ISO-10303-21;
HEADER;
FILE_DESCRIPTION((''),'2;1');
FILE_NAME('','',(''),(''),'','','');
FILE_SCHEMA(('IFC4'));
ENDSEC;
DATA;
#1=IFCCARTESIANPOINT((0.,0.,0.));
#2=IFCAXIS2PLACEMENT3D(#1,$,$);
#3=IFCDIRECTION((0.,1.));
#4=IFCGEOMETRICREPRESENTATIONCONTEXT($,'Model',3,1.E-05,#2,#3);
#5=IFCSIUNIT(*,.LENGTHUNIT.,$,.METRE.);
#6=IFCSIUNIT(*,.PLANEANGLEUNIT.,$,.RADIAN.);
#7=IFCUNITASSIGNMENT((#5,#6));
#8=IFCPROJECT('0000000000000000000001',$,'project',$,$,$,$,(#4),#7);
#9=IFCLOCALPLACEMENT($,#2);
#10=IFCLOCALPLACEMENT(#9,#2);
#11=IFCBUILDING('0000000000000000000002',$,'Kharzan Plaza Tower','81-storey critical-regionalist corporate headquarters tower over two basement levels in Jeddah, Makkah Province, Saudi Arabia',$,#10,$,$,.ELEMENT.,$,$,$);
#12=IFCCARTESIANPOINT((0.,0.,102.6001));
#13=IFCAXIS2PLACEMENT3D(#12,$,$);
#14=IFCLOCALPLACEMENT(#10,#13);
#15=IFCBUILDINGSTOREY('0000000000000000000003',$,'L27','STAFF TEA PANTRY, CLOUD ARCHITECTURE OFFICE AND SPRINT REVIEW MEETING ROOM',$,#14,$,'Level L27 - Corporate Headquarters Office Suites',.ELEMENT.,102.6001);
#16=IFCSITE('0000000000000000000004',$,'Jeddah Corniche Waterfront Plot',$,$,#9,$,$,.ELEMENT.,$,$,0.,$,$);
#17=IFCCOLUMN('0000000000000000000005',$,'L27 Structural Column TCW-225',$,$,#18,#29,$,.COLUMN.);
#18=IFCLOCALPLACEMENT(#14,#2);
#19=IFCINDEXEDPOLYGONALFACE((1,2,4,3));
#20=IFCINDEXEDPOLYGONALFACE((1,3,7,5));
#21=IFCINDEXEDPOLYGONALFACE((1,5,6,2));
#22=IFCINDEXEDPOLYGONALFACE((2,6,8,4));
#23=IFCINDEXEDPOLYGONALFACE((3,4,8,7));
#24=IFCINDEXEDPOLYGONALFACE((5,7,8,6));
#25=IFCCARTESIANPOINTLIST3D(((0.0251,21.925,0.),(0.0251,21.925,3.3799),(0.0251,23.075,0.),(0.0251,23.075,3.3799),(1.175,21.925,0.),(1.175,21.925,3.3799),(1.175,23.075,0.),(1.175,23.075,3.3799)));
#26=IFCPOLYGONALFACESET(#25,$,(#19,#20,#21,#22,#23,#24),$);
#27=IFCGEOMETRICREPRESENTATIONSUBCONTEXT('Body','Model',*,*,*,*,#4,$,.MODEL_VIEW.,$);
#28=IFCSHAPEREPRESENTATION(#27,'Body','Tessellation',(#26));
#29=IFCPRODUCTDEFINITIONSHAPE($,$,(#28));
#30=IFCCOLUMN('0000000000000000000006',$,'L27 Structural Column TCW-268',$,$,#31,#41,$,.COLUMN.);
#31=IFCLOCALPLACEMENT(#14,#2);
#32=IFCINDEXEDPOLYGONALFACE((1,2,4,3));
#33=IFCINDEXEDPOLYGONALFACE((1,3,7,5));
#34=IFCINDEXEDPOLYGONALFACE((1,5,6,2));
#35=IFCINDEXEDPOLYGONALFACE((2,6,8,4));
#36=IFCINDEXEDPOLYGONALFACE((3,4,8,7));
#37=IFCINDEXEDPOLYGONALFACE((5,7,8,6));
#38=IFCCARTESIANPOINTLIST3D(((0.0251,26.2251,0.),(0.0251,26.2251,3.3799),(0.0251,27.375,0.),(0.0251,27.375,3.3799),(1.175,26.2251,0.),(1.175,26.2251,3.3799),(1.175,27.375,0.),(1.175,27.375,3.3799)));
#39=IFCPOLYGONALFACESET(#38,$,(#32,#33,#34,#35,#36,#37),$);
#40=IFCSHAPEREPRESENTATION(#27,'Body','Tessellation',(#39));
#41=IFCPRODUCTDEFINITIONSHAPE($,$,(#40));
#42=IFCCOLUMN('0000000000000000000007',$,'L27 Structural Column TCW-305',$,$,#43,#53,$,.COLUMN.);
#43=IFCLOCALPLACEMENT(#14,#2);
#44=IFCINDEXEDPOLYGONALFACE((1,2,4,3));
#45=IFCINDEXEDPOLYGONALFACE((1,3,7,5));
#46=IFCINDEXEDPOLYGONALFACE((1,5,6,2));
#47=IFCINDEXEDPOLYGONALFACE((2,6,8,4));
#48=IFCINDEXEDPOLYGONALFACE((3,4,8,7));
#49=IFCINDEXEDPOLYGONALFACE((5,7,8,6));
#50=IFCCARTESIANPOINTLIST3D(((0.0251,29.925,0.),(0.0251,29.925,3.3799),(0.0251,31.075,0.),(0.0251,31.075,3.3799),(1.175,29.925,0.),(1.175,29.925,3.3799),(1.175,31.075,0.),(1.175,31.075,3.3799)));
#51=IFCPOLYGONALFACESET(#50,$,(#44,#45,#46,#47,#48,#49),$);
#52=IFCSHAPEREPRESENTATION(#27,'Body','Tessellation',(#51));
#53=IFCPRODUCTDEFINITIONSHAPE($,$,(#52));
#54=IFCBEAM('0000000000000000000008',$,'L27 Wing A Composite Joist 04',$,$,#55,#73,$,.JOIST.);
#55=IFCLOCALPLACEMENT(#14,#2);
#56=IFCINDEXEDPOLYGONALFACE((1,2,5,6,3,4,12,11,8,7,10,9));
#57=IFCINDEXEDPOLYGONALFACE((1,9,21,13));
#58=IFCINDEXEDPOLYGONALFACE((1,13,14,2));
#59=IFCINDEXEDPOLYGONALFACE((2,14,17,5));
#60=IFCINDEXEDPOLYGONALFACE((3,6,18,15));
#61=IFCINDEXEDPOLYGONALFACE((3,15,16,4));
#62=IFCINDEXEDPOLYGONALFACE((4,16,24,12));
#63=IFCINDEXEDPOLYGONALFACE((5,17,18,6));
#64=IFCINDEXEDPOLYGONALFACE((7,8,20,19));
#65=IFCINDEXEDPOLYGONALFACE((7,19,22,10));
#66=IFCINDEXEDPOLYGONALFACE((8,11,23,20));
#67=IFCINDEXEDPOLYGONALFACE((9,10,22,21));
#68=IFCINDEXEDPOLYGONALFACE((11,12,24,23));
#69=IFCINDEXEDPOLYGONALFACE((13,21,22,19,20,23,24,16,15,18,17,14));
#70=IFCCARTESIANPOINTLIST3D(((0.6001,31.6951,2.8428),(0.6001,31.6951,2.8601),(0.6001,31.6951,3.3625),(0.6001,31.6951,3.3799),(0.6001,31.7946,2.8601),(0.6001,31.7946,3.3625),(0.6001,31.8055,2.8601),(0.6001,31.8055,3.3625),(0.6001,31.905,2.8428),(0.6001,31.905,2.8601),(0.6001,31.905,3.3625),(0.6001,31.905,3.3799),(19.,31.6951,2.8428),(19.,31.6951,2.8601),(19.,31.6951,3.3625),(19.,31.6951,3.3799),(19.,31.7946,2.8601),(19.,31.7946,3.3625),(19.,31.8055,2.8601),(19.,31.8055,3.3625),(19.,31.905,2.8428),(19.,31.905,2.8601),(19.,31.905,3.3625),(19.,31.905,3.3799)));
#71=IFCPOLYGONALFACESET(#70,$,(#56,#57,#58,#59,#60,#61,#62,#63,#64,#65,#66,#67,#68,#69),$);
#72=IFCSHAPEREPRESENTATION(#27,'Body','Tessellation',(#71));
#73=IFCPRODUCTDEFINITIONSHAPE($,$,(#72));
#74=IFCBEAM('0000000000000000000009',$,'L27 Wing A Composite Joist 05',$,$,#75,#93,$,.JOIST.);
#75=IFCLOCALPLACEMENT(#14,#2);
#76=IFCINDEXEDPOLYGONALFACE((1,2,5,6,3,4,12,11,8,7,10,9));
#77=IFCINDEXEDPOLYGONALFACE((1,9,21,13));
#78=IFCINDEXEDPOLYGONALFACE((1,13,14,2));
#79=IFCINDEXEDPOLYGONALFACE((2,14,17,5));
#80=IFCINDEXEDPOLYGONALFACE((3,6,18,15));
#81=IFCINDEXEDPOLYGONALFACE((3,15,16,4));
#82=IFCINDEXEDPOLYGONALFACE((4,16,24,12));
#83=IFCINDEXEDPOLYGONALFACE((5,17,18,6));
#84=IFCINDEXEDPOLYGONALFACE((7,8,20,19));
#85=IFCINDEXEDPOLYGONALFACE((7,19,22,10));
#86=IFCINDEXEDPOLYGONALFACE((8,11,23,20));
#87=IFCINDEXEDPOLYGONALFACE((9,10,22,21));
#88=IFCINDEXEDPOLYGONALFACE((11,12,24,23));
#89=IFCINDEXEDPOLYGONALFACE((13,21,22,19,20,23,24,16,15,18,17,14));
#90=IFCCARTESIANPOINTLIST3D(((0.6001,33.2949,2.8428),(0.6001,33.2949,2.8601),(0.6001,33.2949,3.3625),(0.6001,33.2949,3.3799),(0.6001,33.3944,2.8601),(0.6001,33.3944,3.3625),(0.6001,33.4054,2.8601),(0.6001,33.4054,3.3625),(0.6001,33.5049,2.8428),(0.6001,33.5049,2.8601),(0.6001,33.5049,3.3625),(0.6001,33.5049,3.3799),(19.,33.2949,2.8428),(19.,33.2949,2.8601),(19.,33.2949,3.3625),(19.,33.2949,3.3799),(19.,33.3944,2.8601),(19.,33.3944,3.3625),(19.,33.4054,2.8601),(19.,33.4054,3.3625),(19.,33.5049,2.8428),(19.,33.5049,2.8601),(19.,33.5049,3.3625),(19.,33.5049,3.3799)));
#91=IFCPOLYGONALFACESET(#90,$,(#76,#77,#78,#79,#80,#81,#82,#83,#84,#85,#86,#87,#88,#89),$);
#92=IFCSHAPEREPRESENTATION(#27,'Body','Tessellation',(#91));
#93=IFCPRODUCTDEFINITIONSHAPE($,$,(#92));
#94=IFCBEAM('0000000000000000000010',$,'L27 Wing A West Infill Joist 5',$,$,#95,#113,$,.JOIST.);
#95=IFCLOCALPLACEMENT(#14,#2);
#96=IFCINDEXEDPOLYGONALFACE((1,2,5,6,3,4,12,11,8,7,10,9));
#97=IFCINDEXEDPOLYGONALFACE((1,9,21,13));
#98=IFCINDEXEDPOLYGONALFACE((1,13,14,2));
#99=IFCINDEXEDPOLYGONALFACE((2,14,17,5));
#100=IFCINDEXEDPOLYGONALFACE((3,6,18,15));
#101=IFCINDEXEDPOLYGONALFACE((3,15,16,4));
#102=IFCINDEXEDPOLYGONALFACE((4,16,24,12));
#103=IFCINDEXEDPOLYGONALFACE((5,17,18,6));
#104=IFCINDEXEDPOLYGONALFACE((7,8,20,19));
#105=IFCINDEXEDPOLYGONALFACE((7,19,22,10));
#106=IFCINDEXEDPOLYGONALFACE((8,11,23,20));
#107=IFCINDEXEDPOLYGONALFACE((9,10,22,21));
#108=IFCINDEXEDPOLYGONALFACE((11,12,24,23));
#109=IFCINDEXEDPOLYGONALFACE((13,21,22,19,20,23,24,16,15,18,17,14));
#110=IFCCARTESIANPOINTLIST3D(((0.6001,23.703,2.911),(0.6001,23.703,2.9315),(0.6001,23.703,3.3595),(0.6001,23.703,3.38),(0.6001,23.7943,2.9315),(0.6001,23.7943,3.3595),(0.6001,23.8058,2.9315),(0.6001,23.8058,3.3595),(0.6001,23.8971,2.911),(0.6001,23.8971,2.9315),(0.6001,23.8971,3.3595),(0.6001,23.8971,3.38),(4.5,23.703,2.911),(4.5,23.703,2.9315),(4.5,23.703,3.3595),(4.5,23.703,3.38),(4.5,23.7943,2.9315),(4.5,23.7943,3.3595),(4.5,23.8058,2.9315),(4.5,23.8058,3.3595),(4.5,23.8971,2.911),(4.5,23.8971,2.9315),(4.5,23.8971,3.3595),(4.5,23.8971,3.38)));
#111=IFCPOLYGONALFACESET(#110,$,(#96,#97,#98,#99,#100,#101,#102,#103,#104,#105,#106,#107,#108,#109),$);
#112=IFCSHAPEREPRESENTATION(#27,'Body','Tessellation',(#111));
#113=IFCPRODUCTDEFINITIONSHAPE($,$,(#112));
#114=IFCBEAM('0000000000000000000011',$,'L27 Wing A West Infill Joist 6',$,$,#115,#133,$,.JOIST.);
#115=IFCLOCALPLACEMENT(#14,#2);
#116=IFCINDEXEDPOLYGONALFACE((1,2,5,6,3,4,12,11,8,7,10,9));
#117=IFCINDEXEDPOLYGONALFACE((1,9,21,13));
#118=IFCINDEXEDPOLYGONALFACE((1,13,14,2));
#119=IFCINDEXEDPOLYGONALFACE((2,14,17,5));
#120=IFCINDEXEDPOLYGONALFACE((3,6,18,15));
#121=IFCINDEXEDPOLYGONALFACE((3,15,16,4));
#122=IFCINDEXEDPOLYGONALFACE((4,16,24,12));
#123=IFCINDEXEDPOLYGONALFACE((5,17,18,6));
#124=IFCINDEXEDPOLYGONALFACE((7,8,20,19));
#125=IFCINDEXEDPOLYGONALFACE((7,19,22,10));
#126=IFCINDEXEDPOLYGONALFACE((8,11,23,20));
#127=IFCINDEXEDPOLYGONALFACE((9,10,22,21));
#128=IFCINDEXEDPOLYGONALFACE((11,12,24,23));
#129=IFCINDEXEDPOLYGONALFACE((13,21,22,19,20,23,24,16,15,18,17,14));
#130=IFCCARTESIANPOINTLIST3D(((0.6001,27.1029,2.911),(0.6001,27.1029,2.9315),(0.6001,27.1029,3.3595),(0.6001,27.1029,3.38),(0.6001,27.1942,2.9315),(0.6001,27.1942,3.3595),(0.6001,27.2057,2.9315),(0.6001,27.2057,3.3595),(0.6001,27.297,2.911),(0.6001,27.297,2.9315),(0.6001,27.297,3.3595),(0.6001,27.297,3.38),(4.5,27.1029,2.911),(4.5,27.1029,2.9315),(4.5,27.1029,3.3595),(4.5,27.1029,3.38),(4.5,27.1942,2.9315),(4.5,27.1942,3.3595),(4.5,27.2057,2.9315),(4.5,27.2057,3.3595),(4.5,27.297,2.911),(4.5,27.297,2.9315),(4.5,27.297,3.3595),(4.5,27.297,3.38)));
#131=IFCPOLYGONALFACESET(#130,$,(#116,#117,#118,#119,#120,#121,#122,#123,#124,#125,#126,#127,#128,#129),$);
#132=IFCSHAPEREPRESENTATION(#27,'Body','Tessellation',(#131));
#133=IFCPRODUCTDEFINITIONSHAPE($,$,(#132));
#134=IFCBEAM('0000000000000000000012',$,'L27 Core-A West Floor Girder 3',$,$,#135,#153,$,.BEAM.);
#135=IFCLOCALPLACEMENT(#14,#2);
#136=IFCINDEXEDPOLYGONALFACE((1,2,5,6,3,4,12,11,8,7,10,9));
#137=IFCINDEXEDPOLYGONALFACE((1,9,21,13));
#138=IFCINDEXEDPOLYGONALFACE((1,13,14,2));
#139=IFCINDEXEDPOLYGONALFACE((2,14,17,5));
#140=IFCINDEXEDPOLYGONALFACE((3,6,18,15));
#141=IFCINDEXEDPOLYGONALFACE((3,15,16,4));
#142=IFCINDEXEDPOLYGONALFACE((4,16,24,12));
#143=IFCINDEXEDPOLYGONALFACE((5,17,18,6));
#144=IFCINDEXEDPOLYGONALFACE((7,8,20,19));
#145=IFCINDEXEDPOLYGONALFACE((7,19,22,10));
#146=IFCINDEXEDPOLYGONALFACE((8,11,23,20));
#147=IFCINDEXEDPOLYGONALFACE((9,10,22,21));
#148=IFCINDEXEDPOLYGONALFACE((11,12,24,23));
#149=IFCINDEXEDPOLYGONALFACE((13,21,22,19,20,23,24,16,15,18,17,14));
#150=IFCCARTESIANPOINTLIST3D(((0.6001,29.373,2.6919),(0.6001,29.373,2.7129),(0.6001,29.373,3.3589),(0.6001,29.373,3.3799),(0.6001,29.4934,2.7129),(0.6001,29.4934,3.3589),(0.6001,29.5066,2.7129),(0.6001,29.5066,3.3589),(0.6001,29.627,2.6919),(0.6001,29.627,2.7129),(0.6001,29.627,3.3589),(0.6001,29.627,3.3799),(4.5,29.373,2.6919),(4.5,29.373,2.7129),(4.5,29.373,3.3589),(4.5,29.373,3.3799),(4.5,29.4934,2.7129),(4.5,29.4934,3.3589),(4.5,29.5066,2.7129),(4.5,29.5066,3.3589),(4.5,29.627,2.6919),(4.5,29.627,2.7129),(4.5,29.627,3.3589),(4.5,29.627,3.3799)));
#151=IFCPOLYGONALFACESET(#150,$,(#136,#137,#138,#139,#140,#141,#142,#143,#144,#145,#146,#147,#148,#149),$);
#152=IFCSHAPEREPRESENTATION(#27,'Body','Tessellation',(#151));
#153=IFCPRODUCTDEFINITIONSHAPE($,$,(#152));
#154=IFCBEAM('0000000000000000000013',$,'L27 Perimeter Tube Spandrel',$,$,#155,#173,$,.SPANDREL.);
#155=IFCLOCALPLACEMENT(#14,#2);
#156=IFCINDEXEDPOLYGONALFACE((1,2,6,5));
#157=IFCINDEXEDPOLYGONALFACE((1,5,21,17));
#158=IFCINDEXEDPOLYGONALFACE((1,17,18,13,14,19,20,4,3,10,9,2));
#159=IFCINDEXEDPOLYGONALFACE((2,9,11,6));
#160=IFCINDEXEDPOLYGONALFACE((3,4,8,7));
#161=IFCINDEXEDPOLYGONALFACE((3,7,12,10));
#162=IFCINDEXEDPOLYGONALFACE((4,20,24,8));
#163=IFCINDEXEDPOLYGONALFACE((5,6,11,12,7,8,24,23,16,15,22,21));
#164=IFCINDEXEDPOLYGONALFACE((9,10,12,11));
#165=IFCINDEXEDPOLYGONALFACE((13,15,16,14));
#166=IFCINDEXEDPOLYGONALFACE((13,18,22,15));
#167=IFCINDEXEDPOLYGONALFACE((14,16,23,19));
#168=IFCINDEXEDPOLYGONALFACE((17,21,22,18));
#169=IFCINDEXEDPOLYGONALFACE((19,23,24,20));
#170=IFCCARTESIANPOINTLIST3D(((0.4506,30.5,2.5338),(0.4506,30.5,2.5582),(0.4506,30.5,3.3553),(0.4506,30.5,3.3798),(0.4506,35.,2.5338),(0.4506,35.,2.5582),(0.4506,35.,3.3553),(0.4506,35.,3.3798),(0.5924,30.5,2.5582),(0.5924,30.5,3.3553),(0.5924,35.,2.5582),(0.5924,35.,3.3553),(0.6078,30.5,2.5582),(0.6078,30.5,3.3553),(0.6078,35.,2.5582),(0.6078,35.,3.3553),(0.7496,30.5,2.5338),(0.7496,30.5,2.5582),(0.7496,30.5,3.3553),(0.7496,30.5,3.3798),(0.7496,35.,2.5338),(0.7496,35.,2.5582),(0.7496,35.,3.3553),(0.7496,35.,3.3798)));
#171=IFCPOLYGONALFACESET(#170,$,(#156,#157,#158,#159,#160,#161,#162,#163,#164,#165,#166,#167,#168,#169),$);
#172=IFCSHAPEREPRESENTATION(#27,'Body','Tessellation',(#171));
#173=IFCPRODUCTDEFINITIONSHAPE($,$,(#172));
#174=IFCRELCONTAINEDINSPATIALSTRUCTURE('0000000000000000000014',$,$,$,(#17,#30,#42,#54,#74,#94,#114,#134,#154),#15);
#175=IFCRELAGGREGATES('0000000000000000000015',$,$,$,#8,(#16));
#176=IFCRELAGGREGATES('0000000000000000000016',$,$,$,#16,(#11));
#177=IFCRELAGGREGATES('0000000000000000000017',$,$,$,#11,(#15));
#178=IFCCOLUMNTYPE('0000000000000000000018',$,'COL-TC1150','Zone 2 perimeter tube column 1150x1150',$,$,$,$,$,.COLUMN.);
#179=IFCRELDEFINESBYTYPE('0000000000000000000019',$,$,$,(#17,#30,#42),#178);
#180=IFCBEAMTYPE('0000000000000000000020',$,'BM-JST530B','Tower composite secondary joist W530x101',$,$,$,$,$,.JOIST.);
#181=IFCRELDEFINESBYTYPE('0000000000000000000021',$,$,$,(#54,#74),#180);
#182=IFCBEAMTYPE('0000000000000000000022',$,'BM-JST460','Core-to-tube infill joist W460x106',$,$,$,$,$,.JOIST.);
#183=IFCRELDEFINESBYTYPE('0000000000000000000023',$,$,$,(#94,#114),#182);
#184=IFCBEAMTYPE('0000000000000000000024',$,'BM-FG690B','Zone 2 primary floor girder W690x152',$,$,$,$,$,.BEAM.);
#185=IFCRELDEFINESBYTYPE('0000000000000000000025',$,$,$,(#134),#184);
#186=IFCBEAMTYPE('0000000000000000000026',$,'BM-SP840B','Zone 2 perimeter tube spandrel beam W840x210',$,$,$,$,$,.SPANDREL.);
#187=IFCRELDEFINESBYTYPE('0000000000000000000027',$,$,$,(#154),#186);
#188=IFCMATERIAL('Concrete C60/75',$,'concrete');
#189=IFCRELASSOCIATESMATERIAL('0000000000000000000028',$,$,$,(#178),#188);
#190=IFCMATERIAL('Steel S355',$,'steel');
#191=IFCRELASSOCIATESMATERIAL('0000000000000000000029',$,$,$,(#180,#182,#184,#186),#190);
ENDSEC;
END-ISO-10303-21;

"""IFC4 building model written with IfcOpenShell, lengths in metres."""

from ifc_helpers import new_model, si_unit, direction, frame, origin, origin_2d, place, context, subcontext, project, spatial, rectangle, i_section, extrude, source, transform, mapped, material, material_profile, profile_set, type_object, element, save


model = new_model("IFC4")

# Units and contexts
model_context = context("Model", 3, precision=1e-05, world=origin(), true_north=direction((0.0, 1.0)))
body_context = subcontext(model_context, "Body", "Model", "MODEL_VIEW")
ifc_project = project(units=[si_unit("LENGTHUNIT", "METRE"), si_unit("PLANEANGLEUNIT", "RADIAN")], contexts=[model_context])

# Site, building, storey
site_placement = place(None, origin())
site = spatial("IfcSite", under=ifc_project, at=site_placement, Name="Jeddah Corniche Waterfront Plot", CompositionType="ELEMENT", RefElevation=0.0)
building_placement = place(site_placement, origin())
building = spatial("IfcBuilding", under=site, at=building_placement, Name="Kharzan Plaza Tower", Description="81-storey critical-regionalist corporate headquarters tower over two basement levels in Jeddah, Makkah Province, Saudi Arabia", CompositionType="ELEMENT")
storey_placement = place(building_placement, frame((0.0, 0.0, 102.6001)))
storey = spatial("IfcBuildingStorey", under=building, at=storey_placement, Name="L27", Description="STAFF TEA PANTRY, CLOUD ARCHITECTURE OFFICE AND SPRINT REVIEW MEETING ROOM", LongName="Level L27 - Corporate Headquarters Office Suites", CompositionType="ELEMENT", Elevation=102.6001)

# Columns
ifc_material_1 = material(Name="Concrete C60/75", Category="concrete")
ifc_material_profile_1 = material_profile(ifc_material_1, rectangle(XDim=1.1499, YDim=1.1499, at=origin_2d()), Name="RC-TC1150x1150")
ifc_profile_set_1 = profile_set([ifc_material_profile_1], Name="Concrete C60/75")
column_type = type_object("IfcColumnType", Name="COL-TC1150", Description="Zone 2 perimeter tube column 1150x1150", PredefinedType="COLUMN", material=ifc_profile_set_1)
shared_shape_1 = source(origin(), body_context, "Body", "SweptSolid", [
    extrude(rectangle(XDim=1.1499, YDim=1.1499, at=origin_2d()), origin(), (0.0, 0.0, 1.0), 3.3799),
])
for number, where, z_axis, x_axis, name in (
    (1, (0.6001, 22.5, 0.0), (0.0, 0.0, 1.0), (1.0, 0.0, 0.0), "L27 Structural Column TCW-225"),
    (2, (0.6001, 26.8, 0.0), (0.0, 0.0, 1.0), (1.0, 0.0, 0.0), "L27 Structural Column TCW-268"),
    (3, (0.6001, 30.5, 0.0), (0.0, 0.0, 1.0), (1.0, 0.0, 0.0), "L27 Structural Column TCW-305"),
):
    element("IfcColumn", number, at=place(storey_placement, frame(where, z_axis=z_axis, x_axis=x_axis)), inside=storey, type_object=column_type, Name=name, PredefinedType="COLUMN", context=body_context, shape_type="MappedRepresentation", body=[
        mapped(shared_shape_1, transform((0.0, 0.0, 0.0), x_axis=(1.0, 0.0, 0.0), y_axis=(0.0, 1.0, 0.0), z_axis=(0.0, 0.0, 1.0))),
    ])

# Beams
ifc_material_2 = material(Name="Steel S355", Category="steel")
ifc_material_profile_2 = material_profile(ifc_material_2, i_section(OverallWidth=0.21, OverallDepth=0.5371, WebThickness=0.011, FlangeThickness=0.0173, at=origin_2d()), Name="W530x101")
ifc_profile_set_2 = profile_set([ifc_material_profile_2], Name="Steel S355")
beam_type_1 = type_object("IfcBeamType", Name="BM-JST530B", Description="Tower composite secondary joist W530x101", PredefinedType="JOIST", material=ifc_profile_set_2)
shared_shape_2 = source(origin(), body_context, "Body", "SweptSolid", [
    extrude(i_section(OverallWidth=0.21, OverallDepth=0.5371, WebThickness=0.011, FlangeThickness=0.0173, at=origin_2d()), origin(), (0.0, 0.0, 1.0), 18.3999),
])
for number, where, z_axis, x_axis, name in (
    (4, (0.6001, 31.8, 3.1113), (1.0, 0.0, 0.0), (0.0, 1.0, 0.0), "L27 Wing A Composite Joist 04"),
    (5, (0.6001, 33.3999, 3.1113), (1.0, 0.0, 0.0), (0.0, 1.0, 0.0), "L27 Wing A Composite Joist 05"),
):
    element("IfcBeam", number, at=place(storey_placement, frame(where, z_axis=z_axis, x_axis=x_axis)), inside=storey, type_object=beam_type_1, Name=name, PredefinedType="JOIST", context=body_context, shape_type="MappedRepresentation", body=[
        mapped(shared_shape_2, transform((0.0, 0.0, 0.0), x_axis=(1.0, 0.0, 0.0), y_axis=(0.0, 1.0, 0.0), z_axis=(0.0, 0.0, 1.0))),
    ])
ifc_material_profile_3 = material_profile(ifc_material_2, i_section(OverallWidth=0.1941, OverallDepth=0.469, WebThickness=0.0115, FlangeThickness=0.0205, at=origin_2d()), Name="W460x106")
ifc_profile_set_3 = profile_set([ifc_material_profile_3], Name="Steel S355")
beam_type_2 = type_object("IfcBeamType", Name="BM-JST460", Description="Core-to-tube infill joist W460x106", PredefinedType="JOIST", material=ifc_profile_set_3)
shared_shape_3 = source(origin(), body_context, "Body", "SweptSolid", [
    extrude(i_section(OverallWidth=0.1941, OverallDepth=0.469, WebThickness=0.0115, FlangeThickness=0.0205, at=origin_2d()), origin(), (0.0, 0.0, 1.0), 3.8999),
])
for number, where, z_axis, x_axis, name in (
    (6, (0.6001, 23.8, 3.1455), (1.0, 0.0, 0.0), (0.0, 1.0, 0.0), "L27 Wing A West Infill Joist 5"),
    (7, (0.6001, 27.2, 3.1455), (1.0, 0.0, 0.0), (0.0, 1.0, 0.0), "L27 Wing A West Infill Joist 6"),
):
    element("IfcBeam", number, at=place(storey_placement, frame(where, z_axis=z_axis, x_axis=x_axis)), inside=storey, type_object=beam_type_2, Name=name, PredefinedType="JOIST", context=body_context, shape_type="MappedRepresentation", body=[
        mapped(shared_shape_3, transform((0.0, 0.0, 0.0), x_axis=(1.0, 0.0, 0.0), y_axis=(0.0, 1.0, 0.0), z_axis=(0.0, 0.0, 1.0))),
    ])
ifc_material_profile_4 = material_profile(ifc_material_2, i_section(OverallWidth=0.2539, OverallDepth=0.688, WebThickness=0.0132, FlangeThickness=0.021, at=origin_2d()), Name="W690x152")
ifc_profile_set_4 = profile_set([ifc_material_profile_4], Name="Steel S355")
beam_type_3 = type_object("IfcBeamType", Name="BM-FG690B", Description="Zone 2 primary floor girder W690x152", PredefinedType="BEAM", material=ifc_profile_set_4)
shared_shape_4 = source(origin(), body_context, "Body", "SweptSolid", [
    extrude(i_section(OverallWidth=0.2539, OverallDepth=0.688, WebThickness=0.0132, FlangeThickness=0.021, at=origin_2d()), origin(), (0.0, 0.0, 1.0), 3.8999),
])
beam_1_placement = place(storey_placement, frame((0.6001, 29.5, 3.0359), z_axis=(1.0, 0.0, 0.0), x_axis=(0.0, 1.0, 0.0)))
element("IfcBeam", 8, at=beam_1_placement, inside=storey, type_object=beam_type_3, Name="L27 Core-A West Floor Girder 3", PredefinedType="BEAM", context=body_context, shape_type="MappedRepresentation", body=[
    mapped(shared_shape_4, transform((0.0, 0.0, 0.0), x_axis=(1.0, 0.0, 0.0), y_axis=(0.0, 1.0, 0.0), z_axis=(0.0, 0.0, 1.0))),
])
ifc_material_profile_5 = material_profile(ifc_material_2, i_section(OverallWidth=0.2991, OverallDepth=0.8459, WebThickness=0.0154, FlangeThickness=0.0244, at=origin_2d()), Name="W840x210")
ifc_profile_set_5 = profile_set([ifc_material_profile_5], Name="Steel S355")
beam_type_4 = type_object("IfcBeamType", Name="BM-SP840B", Description="Zone 2 perimeter tube spandrel beam W840x210", PredefinedType="SPANDREL", material=ifc_profile_set_5)
shared_shape_5 = source(origin(), body_context, "Body", "SweptSolid", [
    extrude(i_section(OverallWidth=0.2991, OverallDepth=0.8459, WebThickness=0.0154, FlangeThickness=0.0244, at=origin_2d()), origin(), (0.0, 0.0, 1.0), 4.5),
])
beam_2_placement = place(storey_placement, frame((0.6001, 30.5, 2.9568), z_axis=(0.0, 1.0, 0.0), x_axis=(-1.0, 0.0, 0.0)))
element("IfcBeam", 9, at=beam_2_placement, inside=storey, type_object=beam_type_4, Name="L27 Perimeter Tube Spandrel", PredefinedType="SPANDREL", context=body_context, shape_type="MappedRepresentation", body=[
    mapped(shared_shape_5, transform((0.0, 0.0, 0.0), x_axis=(1.0, 0.0, 0.0), y_axis=(0.0, 1.0, 0.0), z_axis=(0.0, 0.0, 1.0))),
])

save(model, "model.ifc")
